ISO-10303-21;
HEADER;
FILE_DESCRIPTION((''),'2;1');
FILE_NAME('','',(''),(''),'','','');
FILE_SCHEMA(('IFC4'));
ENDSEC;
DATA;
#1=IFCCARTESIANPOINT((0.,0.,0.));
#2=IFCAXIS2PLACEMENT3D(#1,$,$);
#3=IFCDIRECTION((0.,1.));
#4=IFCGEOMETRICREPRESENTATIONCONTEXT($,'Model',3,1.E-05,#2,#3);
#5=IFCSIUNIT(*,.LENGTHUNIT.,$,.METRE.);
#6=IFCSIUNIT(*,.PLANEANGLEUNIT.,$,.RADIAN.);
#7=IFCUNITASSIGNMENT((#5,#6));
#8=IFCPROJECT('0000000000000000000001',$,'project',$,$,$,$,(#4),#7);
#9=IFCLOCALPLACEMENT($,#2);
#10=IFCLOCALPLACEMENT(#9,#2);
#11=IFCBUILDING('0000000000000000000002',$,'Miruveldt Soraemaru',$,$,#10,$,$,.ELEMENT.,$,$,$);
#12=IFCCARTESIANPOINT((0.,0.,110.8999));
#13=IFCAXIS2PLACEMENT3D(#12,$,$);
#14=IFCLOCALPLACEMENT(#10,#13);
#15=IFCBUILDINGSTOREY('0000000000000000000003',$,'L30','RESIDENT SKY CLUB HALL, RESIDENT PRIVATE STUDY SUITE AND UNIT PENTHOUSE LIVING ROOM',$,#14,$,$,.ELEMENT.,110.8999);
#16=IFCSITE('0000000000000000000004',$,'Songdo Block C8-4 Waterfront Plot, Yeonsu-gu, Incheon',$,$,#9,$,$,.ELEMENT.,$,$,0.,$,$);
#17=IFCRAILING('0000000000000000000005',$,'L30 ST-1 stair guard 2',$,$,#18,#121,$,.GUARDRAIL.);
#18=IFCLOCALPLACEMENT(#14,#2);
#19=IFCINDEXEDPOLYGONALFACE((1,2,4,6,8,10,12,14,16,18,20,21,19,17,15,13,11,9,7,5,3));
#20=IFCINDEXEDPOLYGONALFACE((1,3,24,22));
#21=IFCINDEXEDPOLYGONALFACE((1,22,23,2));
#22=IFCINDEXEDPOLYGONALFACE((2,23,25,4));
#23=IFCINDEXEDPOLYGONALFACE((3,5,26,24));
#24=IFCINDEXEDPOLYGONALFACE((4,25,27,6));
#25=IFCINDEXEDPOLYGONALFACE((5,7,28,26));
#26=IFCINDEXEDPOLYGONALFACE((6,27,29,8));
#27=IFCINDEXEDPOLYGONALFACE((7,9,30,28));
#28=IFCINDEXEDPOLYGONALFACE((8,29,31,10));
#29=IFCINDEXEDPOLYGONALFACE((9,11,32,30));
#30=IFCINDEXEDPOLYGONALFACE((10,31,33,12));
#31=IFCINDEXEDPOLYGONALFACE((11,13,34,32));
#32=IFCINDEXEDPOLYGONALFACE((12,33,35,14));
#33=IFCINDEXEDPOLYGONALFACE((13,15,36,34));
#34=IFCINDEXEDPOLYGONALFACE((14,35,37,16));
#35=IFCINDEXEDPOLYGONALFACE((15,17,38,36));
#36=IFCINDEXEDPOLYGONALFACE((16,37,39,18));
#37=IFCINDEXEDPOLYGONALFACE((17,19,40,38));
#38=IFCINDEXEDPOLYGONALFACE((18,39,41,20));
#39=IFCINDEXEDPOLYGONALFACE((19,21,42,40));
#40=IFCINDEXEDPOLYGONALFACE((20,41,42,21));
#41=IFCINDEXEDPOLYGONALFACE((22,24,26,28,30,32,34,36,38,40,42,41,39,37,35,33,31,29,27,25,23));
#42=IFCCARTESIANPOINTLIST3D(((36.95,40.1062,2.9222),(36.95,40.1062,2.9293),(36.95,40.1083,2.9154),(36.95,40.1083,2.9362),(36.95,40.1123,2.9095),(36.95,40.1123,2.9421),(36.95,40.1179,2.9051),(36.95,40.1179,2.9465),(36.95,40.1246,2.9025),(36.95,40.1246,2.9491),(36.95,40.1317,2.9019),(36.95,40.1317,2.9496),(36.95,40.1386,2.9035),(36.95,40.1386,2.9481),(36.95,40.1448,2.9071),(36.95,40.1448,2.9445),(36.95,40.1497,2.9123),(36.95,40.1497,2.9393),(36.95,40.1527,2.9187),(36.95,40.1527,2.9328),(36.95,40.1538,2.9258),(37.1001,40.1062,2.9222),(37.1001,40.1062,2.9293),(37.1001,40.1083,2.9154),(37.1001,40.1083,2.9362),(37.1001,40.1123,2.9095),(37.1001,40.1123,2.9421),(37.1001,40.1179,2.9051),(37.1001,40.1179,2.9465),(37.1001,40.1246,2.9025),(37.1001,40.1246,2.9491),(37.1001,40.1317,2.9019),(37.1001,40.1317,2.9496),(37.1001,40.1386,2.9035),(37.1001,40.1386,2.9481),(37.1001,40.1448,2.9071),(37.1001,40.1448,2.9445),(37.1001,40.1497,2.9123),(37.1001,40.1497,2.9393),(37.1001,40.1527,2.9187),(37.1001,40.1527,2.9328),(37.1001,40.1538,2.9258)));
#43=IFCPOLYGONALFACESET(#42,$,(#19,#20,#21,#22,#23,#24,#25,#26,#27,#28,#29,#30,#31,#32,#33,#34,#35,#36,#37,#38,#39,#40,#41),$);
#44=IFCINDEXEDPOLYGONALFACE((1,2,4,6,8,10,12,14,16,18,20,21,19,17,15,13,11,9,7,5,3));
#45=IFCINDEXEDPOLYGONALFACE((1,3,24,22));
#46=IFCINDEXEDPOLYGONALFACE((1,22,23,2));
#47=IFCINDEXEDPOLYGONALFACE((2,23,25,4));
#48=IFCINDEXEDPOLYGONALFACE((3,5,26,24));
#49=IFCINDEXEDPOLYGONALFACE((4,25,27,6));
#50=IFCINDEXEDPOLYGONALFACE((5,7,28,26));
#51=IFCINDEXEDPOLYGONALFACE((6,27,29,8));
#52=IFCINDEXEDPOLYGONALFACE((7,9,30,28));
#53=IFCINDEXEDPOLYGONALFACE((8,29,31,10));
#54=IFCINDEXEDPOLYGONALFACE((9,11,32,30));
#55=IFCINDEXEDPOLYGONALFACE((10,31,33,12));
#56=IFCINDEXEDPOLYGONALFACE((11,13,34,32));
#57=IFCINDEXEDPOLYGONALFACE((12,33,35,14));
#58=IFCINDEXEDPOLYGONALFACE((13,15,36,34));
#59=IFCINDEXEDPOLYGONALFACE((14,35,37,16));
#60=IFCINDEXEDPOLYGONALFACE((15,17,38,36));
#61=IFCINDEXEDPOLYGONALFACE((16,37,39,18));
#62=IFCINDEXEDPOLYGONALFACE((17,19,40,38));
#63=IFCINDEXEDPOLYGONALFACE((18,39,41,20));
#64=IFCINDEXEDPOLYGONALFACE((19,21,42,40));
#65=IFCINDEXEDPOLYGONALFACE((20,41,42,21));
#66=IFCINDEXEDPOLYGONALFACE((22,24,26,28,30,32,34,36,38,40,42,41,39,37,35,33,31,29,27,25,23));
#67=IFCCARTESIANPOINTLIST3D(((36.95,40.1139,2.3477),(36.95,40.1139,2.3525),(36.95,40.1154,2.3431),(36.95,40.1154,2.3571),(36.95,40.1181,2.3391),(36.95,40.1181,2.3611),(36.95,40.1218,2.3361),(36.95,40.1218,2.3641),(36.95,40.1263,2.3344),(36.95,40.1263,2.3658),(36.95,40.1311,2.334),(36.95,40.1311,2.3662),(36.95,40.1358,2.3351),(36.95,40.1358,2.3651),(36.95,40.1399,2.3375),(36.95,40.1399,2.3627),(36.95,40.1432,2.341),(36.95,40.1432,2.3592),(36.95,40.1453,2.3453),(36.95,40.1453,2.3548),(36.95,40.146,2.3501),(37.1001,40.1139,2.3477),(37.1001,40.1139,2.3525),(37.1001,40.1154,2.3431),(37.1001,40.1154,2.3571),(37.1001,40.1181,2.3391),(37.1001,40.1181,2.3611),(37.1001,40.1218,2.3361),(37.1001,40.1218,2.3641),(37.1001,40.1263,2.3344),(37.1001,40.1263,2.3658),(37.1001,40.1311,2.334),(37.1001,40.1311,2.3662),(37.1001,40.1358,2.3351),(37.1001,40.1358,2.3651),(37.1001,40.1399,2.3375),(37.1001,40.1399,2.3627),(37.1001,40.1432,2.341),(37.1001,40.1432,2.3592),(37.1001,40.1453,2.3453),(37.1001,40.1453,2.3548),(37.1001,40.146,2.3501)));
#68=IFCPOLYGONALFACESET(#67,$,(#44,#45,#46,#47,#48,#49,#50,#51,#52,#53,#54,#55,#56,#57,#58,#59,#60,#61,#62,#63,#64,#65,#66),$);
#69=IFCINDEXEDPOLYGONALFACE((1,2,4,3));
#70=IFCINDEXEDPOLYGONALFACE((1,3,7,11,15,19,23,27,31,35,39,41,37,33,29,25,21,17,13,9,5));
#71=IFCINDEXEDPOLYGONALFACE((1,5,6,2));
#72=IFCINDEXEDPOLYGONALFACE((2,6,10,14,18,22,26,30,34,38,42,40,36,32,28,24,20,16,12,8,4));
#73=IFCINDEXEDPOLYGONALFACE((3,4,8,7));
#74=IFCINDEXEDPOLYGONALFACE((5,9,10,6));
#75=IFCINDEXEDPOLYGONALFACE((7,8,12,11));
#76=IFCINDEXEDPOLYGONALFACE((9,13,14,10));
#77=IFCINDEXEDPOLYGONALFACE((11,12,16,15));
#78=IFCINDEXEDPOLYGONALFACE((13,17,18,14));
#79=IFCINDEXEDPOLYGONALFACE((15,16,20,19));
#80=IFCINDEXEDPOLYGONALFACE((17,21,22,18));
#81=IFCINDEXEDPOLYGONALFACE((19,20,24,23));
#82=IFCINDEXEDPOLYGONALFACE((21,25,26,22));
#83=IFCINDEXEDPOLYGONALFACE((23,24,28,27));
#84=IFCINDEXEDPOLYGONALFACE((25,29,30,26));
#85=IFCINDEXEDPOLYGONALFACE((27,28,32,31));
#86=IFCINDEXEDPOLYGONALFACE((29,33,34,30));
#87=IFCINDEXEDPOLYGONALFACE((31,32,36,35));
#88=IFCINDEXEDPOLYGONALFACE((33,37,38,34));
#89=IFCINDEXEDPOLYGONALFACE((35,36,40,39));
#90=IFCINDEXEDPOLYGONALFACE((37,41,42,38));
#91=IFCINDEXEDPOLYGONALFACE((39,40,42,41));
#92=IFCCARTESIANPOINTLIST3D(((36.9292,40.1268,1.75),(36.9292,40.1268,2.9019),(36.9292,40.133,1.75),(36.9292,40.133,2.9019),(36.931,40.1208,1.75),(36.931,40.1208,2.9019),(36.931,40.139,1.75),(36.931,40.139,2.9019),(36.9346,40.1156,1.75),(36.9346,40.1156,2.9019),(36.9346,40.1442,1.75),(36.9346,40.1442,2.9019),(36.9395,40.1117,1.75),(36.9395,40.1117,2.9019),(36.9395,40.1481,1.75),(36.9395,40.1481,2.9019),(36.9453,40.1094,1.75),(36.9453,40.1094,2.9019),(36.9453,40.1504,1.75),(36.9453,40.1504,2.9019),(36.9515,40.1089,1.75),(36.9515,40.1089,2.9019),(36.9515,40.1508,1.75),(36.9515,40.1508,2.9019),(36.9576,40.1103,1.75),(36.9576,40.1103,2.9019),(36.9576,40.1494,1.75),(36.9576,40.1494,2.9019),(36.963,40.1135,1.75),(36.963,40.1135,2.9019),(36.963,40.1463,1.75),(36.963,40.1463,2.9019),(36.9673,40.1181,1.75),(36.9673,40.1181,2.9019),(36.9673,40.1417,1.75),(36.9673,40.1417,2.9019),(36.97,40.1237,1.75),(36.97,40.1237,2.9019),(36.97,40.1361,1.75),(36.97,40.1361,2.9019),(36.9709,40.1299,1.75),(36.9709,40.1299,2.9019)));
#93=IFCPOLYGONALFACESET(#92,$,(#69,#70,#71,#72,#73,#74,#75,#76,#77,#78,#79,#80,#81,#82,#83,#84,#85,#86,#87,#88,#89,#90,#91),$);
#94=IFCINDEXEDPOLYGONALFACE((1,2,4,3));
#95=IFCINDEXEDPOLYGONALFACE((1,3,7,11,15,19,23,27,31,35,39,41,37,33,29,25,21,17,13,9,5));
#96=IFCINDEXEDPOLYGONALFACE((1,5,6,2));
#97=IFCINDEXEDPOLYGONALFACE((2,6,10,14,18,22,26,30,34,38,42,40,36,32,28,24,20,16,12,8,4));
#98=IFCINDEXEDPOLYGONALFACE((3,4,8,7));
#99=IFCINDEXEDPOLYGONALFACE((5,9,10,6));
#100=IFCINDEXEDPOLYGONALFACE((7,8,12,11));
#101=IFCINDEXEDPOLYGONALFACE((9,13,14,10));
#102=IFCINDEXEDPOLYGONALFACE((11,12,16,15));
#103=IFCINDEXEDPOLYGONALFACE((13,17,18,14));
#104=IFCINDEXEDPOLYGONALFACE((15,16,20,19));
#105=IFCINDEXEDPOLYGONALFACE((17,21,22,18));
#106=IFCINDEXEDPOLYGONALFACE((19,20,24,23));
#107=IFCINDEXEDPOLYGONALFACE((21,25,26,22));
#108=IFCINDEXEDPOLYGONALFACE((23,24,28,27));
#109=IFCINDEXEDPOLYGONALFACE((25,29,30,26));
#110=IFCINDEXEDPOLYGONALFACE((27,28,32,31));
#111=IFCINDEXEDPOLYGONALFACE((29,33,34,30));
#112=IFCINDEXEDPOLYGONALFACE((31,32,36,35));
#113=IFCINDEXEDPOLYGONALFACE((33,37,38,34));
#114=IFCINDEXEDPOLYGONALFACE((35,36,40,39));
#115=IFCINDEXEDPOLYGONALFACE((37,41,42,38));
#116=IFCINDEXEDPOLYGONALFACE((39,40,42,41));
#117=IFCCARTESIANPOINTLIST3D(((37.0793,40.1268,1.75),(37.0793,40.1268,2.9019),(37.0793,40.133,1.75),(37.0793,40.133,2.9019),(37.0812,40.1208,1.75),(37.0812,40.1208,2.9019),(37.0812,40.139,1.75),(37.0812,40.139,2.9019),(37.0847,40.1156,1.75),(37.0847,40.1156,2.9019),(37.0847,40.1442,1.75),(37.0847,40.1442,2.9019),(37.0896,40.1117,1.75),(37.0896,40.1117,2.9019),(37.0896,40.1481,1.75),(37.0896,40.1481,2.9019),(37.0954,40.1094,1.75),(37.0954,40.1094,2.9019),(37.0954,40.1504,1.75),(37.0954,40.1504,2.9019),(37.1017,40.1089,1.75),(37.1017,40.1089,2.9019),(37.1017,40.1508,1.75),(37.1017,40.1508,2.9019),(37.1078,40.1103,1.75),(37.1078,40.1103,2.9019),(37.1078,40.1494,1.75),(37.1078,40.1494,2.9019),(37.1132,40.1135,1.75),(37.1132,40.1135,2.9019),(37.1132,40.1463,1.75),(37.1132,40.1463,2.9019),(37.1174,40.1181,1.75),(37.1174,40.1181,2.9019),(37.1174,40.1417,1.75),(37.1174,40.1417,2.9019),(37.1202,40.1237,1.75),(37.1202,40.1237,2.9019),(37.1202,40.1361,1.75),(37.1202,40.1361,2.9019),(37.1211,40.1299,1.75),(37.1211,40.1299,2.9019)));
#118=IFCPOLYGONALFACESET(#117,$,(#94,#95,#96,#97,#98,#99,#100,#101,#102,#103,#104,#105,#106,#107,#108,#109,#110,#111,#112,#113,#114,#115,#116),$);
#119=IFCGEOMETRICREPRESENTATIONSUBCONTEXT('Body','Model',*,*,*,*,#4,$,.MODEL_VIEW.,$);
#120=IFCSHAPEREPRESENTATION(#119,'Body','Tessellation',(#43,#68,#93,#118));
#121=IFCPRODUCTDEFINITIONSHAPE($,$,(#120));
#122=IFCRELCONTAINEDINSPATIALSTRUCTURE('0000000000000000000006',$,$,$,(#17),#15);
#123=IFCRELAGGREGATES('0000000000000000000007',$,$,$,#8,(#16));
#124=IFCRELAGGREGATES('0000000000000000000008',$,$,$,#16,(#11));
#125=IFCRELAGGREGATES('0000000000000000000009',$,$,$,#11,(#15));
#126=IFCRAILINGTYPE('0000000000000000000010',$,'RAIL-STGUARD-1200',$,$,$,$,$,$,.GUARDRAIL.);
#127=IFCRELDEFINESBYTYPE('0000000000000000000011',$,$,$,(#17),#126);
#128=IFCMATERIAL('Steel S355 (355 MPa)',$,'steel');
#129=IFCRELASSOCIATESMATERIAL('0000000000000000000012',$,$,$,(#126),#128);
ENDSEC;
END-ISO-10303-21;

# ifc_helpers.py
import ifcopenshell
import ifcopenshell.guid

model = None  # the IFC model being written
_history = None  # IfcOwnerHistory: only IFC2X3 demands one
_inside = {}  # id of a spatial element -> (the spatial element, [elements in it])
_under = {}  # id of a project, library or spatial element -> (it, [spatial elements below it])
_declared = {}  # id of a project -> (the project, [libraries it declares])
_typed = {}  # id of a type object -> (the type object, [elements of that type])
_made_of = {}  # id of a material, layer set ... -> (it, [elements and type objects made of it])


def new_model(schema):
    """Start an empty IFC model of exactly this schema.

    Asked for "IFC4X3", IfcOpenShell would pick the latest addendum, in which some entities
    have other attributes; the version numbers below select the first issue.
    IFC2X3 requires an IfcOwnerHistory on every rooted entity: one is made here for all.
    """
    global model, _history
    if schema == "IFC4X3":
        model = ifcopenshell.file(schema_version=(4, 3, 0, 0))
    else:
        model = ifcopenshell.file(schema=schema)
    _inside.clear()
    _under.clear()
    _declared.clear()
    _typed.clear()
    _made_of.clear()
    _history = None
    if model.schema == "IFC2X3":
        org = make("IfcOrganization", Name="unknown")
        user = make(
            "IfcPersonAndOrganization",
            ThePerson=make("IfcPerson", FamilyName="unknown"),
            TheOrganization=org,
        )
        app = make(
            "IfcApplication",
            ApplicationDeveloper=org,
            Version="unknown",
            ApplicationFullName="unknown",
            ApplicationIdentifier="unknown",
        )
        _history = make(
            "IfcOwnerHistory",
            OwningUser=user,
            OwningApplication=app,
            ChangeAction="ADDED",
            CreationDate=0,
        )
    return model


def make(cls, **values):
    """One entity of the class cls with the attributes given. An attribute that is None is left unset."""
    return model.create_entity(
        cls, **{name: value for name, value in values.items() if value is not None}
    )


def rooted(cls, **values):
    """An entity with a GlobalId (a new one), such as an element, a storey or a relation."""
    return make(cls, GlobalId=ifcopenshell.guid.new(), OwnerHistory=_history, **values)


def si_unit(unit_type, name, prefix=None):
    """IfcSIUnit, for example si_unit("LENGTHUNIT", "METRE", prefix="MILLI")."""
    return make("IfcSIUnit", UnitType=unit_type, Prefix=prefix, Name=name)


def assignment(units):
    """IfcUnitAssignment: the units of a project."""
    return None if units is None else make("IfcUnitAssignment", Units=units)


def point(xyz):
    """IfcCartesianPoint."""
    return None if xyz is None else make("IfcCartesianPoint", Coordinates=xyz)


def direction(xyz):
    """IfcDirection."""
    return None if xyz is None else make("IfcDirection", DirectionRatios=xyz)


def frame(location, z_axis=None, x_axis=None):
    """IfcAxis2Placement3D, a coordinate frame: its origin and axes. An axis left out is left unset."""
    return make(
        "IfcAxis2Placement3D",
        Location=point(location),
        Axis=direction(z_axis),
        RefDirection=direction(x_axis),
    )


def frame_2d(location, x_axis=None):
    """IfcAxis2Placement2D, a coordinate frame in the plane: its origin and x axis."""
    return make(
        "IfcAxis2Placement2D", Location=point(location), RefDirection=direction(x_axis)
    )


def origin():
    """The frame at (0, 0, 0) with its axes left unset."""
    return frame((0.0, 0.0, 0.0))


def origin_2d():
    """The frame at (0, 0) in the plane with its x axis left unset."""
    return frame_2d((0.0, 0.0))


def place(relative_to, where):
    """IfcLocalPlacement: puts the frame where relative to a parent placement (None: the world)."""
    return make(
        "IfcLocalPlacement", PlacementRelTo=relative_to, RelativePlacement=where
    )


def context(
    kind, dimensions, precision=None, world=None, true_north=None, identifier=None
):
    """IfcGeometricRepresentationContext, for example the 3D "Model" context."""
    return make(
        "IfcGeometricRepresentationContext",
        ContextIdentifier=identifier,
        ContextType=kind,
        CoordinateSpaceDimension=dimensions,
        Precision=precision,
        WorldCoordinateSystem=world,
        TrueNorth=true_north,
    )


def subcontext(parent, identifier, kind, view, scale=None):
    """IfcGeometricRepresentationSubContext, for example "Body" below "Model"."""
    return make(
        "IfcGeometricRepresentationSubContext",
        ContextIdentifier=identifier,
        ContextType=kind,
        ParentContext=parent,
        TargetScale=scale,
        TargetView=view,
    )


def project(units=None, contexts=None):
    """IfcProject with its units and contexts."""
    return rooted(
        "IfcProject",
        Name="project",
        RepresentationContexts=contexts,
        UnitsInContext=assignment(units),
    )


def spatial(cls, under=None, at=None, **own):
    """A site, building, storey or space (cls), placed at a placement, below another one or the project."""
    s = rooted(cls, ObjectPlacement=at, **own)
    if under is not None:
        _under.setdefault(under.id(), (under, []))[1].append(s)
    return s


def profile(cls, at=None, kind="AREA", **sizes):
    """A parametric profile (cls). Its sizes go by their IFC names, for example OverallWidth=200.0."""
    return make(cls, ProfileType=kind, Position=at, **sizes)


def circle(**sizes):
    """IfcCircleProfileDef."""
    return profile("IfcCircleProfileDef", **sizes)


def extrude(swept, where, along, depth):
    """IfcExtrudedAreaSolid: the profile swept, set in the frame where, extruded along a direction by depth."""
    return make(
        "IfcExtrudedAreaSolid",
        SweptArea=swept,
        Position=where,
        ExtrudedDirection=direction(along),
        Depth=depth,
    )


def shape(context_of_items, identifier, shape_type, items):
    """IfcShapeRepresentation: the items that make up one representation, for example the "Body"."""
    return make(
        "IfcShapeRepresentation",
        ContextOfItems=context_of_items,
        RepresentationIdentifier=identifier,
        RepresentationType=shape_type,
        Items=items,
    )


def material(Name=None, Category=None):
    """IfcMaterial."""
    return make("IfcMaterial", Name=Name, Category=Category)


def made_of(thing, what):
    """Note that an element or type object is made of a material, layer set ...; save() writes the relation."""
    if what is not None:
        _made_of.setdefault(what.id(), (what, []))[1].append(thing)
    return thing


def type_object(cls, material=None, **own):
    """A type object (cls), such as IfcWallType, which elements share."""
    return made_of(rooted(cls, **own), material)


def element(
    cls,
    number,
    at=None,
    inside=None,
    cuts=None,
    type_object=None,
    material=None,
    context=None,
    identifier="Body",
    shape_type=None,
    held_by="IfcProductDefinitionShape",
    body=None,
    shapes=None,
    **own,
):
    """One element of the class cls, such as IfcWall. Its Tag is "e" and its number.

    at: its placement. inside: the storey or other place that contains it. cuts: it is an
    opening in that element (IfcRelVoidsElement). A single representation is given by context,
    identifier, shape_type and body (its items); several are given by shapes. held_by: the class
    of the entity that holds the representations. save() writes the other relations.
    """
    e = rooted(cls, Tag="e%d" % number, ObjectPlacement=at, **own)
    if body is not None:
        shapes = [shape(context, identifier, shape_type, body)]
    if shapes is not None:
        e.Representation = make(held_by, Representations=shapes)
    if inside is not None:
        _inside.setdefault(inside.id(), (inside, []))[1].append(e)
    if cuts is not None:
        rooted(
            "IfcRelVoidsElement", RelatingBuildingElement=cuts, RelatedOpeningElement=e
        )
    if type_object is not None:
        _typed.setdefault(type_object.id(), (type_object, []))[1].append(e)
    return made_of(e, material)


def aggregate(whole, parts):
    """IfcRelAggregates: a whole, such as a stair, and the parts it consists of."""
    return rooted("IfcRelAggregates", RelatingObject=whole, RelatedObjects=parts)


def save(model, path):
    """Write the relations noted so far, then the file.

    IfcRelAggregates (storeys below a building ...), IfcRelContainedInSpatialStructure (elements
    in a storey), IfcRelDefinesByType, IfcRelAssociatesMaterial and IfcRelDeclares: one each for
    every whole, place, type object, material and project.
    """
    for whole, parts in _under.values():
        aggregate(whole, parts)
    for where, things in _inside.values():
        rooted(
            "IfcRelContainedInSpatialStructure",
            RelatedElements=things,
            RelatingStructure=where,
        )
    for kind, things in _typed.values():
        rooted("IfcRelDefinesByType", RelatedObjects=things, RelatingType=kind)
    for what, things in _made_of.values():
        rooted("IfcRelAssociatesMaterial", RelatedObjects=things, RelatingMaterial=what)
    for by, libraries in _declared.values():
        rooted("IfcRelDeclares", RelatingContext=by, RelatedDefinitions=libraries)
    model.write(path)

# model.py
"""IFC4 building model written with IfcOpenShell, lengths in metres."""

from ifc_helpers import new_model, si_unit, direction, frame, origin, origin_2d, place, context, subcontext, project, spatial, circle, extrude, material, type_object, element, save


model = new_model("IFC4")

# Units and contexts
model_context = context("Model", 3, precision=1e-05, world=origin(), true_north=direction((0.0, 1.0)))
body_context = subcontext(model_context, "Body", "Model", "MODEL_VIEW")
ifc_project = project(units=[si_unit("LENGTHUNIT", "METRE"), si_unit("PLANEANGLEUNIT", "RADIAN")], contexts=[model_context])

# Site, building, storey
site_placement = place(None, origin())
site = spatial("IfcSite", under=ifc_project, at=site_placement, Name="Songdo Block C8-4 Waterfront Plot, Yeonsu-gu, Incheon", CompositionType="ELEMENT", RefElevation=0.0)
building_placement = place(site_placement, origin())
building = spatial("IfcBuilding", under=site, at=building_placement, Name="Miruveldt Soraemaru", CompositionType="ELEMENT")
storey_placement = place(building_placement, frame((0.0, 0.0, 110.8999)))
storey = spatial("IfcBuildingStorey", under=building, at=storey_placement, Name="L30", Description="RESIDENT SKY CLUB HALL, RESIDENT PRIVATE STUDY SUITE AND UNIT PENTHOUSE LIVING ROOM", CompositionType="ELEMENT", Elevation=110.8999)

# Railing
ifc_material_1 = material(Name="Steel S355 (355 MPa)", Category="steel")
railing_type_1 = type_object("IfcRailingType", Name="RAIL-STGUARD-1200", PredefinedType="GUARDRAIL", material=ifc_material_1)
railing_1_placement = place(storey_placement, frame((36.95, 40.1299, 1.75)))
element("IfcRailing", 1, at=railing_1_placement, inside=storey, type_object=railing_type_1, Name="L30 ST-1 stair guard 2", PredefinedType="GUARDRAIL", context=body_context, shape_type="SweptSolid", body=[
    extrude(circle(Radius=0.0239, at=origin_2d()), frame((0.0, 0.0, 1.1758), z_axis=(1.0, 0.0, 0.0), x_axis=(0.0, 1.0, 0.0)), (0.0, 0.0, 1.0), 0.1501),
    extrude(circle(Radius=0.0161, at=origin_2d()), frame((0.0, 0.0, 0.6001), z_axis=(1.0, 0.0, 0.0), x_axis=(0.0, 1.0, 0.0)), (0.0, 0.0, 1.0), 0.1501),
    extrude(circle(Radius=0.021, at=origin_2d()), origin(), (0.0, 0.0, 1.0), 1.1519),
    extrude(circle(Radius=0.021, at=origin_2d()), frame((0.1501, 0.0, 0.0)), (0.0, 0.0, 1.0), 1.1519),
])

save(model, "model.ifc")
